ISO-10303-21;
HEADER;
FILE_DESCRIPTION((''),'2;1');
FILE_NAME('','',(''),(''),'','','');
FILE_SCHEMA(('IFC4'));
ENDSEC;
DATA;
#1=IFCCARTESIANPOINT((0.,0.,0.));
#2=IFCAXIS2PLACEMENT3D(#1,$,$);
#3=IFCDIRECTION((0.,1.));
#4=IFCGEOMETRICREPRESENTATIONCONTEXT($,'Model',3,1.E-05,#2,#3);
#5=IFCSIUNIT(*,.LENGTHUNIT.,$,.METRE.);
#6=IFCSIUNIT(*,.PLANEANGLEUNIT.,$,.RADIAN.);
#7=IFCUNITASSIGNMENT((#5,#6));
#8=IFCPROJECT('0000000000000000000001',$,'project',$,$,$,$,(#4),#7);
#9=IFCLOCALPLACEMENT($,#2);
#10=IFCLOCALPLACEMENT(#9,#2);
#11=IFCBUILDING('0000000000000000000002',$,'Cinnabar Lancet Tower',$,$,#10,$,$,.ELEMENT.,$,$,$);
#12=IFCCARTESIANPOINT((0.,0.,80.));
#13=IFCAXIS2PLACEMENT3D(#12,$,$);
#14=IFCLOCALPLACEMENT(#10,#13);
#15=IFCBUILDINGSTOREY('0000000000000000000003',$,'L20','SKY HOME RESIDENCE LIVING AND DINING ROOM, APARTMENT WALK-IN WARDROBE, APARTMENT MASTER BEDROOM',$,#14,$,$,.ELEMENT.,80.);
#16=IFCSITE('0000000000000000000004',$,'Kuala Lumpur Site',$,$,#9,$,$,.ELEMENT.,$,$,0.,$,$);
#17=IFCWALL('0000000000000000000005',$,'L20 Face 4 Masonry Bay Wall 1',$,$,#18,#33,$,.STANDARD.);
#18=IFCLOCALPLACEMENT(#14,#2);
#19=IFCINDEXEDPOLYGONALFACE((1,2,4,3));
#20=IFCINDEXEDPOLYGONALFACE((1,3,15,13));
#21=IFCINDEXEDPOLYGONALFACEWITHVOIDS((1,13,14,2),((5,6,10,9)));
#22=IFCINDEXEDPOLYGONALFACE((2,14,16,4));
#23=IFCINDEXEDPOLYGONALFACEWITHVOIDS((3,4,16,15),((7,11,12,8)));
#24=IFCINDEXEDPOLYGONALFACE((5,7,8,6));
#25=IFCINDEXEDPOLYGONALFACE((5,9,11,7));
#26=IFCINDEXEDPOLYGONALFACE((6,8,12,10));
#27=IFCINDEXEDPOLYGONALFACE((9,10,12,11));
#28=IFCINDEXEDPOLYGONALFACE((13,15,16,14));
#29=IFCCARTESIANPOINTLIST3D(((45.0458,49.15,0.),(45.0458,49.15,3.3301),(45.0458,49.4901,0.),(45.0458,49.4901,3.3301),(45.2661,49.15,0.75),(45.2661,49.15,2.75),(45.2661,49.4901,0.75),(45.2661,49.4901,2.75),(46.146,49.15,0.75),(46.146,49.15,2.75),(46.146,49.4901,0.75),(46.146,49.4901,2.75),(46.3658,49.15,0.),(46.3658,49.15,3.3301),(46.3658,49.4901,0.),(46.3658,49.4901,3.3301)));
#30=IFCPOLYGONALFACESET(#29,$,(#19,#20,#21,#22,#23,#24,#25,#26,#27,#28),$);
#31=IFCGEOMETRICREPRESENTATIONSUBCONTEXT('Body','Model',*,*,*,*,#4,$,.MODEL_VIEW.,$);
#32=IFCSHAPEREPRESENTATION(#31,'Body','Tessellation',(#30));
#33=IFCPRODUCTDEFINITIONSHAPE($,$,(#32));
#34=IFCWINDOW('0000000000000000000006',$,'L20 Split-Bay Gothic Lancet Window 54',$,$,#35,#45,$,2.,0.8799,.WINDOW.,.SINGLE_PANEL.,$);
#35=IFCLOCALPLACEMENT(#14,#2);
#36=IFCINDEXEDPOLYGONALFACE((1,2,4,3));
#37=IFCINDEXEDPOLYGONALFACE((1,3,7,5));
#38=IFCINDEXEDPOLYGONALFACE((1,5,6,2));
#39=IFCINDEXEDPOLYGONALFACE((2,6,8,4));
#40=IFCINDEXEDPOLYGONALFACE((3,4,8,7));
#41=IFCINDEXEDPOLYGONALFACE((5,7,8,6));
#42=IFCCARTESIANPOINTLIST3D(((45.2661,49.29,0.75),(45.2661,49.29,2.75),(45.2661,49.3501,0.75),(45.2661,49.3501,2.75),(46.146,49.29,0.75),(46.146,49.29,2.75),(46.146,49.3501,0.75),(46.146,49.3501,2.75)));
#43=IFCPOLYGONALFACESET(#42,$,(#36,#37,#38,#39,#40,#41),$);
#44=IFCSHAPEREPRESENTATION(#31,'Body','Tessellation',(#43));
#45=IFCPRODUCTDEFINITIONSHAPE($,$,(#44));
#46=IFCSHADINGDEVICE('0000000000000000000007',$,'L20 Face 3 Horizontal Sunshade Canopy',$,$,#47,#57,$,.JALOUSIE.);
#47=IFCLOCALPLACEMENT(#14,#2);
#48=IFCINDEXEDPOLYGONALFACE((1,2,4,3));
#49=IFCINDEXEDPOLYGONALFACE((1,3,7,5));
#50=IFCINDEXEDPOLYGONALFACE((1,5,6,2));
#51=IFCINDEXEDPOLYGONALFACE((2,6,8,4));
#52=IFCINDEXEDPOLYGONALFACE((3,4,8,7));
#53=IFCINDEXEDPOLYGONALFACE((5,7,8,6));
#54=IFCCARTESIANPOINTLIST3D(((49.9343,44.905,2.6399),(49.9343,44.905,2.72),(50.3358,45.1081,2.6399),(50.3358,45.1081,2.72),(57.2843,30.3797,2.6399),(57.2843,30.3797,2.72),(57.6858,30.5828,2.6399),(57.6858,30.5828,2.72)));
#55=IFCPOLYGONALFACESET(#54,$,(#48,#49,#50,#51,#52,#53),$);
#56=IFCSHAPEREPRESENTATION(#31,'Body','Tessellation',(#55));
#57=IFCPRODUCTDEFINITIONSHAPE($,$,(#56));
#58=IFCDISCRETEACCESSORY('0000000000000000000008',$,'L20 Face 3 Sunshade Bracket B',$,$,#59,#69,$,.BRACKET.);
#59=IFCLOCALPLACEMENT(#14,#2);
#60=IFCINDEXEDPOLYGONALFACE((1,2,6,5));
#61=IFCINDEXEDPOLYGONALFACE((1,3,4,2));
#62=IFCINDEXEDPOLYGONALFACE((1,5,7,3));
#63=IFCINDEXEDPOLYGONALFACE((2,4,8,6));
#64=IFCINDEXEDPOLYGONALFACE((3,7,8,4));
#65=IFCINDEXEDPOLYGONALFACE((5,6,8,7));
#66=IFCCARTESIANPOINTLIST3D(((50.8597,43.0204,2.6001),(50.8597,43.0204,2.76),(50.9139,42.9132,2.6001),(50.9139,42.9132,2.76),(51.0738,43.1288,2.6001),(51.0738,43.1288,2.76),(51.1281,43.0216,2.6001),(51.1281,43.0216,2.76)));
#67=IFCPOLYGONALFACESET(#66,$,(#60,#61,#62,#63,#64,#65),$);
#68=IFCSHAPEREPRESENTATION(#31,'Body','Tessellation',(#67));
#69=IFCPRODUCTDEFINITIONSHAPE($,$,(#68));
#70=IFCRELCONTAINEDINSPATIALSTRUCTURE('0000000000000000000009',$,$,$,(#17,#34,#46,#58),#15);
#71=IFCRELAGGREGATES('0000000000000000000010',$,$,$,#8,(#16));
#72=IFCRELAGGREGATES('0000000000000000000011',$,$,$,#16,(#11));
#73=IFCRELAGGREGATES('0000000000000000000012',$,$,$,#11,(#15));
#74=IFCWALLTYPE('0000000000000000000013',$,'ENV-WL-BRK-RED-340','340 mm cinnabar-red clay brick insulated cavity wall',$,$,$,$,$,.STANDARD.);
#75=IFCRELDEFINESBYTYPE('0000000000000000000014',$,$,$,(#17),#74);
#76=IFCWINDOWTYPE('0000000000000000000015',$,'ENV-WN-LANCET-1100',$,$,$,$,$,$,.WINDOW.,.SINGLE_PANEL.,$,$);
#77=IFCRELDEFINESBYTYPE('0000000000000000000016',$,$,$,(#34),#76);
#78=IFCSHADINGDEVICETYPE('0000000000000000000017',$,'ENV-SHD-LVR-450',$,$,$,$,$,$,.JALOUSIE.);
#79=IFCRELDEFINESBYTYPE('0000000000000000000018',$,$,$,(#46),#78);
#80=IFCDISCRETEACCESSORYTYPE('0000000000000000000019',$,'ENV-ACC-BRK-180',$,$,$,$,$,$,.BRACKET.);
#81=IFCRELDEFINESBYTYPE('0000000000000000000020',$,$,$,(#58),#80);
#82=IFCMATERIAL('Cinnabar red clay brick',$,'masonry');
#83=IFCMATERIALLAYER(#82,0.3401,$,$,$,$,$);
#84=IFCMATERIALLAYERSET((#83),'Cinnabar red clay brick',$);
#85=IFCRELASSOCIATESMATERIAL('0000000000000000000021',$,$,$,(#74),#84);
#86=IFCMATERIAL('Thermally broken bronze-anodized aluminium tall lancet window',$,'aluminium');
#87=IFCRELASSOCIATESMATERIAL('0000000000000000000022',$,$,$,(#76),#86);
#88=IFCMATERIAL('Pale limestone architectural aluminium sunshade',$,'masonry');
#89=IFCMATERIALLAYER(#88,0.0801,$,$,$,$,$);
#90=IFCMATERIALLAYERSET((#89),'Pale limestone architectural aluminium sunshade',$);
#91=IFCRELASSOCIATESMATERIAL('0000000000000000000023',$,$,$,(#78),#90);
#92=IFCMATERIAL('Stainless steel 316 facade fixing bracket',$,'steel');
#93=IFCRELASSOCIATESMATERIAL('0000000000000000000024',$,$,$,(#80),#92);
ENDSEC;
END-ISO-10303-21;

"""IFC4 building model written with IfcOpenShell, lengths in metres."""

from ifc_helpers import new_model, si_unit, direction, frame, frame_2d, origin, origin_2d, place, context, subcontext, project, spatial, rectangle, extrude, material, layer, layer_set, type_object, element, fill, save


model = new_model("IFC4")

# Units and contexts
model_context = context("Model", 3, precision=1e-05, world=origin(), true_north=direction((0.0, 1.0)))
body_context = subcontext(model_context, "Body", "Model", "MODEL_VIEW")
ifc_project = project(units=[si_unit("LENGTHUNIT", "METRE"), si_unit("PLANEANGLEUNIT", "RADIAN")], contexts=[model_context])

# Site, building, storey
site_placement = place(None, origin())
site = spatial("IfcSite", under=ifc_project, at=site_placement, Name="Kuala Lumpur Site", CompositionType="ELEMENT", RefElevation=0.0)
building_placement = place(site_placement, origin())
building = spatial("IfcBuilding", under=site, at=building_placement, Name="Cinnabar Lancet Tower", CompositionType="ELEMENT")
storey_placement = place(building_placement, frame((0.0, 0.0, 80.0)))
storey = spatial("IfcBuildingStorey", under=building, at=storey_placement, Name="L20", Description="SKY HOME RESIDENCE LIVING AND DINING ROOM, APARTMENT WALK-IN WARDROBE, APARTMENT MASTER BEDROOM", CompositionType="ELEMENT", Elevation=80.0)

# Shared definitions
ifc_material_1 = material(Name="Cinnabar red clay brick", Category="masonry")
ifc_layer_1 = layer(ifc_material_1, 0.3401)
ifc_layer_set_1 = layer_set([ifc_layer_1], Name="Cinnabar red clay brick")
wall_type_1 = type_object("IfcWallType", Name="ENV-WL-BRK-RED-340", Description="340 mm cinnabar-red clay brick insulated cavity wall", PredefinedType="STANDARD", material=ifc_layer_set_1)

# Shared definitions
ifc_material_2 = material(Name="Thermally broken bronze-anodized aluminium tall lancet window", Category="aluminium")
window_type = type_object("IfcWindowType", Name="ENV-WN-LANCET-1100", PartitioningType="SINGLE_PANEL", PredefinedType="WINDOW", material=ifc_material_2)

# Wall, opening, window
wall_1_placement = place(storey_placement, frame((46.366, 49.3201, 0.0), z_axis=(0.0, 0.0, 1.0), x_axis=(-1.0, 0.0, 0.0)))
wall_1 = element("IfcWall", 1, at=wall_1_placement, inside=storey, type_object=wall_type_1, Name="L20 Face 4 Masonry Bay Wall 1", PredefinedType="STANDARD", context=body_context, shape_type="SweptSolid", body=[
    extrude(rectangle(XDim=1.3201, YDim=0.3401, at=frame_2d((0.6602, 0.0))), origin(), (0.0, 0.0, 1.0), 3.3301),
])
opening_1_placement = place(wall_1_placement, frame((0.22, 0.0, 0.75)))
opening_1 = element("IfcOpeningElement", 2, at=opening_1_placement, cuts=wall_1, PredefinedType="OPENING", context=body_context, shape_type="SweptSolid", body=[
    extrude(rectangle(XDim=0.8799, YDim=2.0, at=frame_2d((0.4399, 1.0))), frame((0.0, 0.1799, 0.0), z_axis=(0.0, -1.0, 0.0), x_axis=(1.0, 0.0, 0.0)), (0.0, 0.0, 1.0), 0.3601),
])
window_1_placement = place(opening_1_placement, origin())
window_1 = element("IfcWindow", 3, at=window_1_placement, inside=storey, type_object=window_type, Name="L20 Split-Bay Gothic Lancet Window 54", OverallHeight=2.0, OverallWidth=0.8799, PartitioningType="SINGLE_PANEL", PredefinedType="WINDOW", context=body_context, shape_type="SweptSolid", body=[
    extrude(rectangle(XDim=0.8799, YDim=2.0, at=frame_2d((0.4399, 1.0))), frame((0.0, 0.03, 0.0), z_axis=(0.0, -1.0, 0.0), x_axis=(1.0, 0.0, 0.0)), (0.0, 0.0, 1.0), 0.0601),
])
fill(opening_1, window_1)

# Shading device
ifc_material_3 = material(Name="Pale limestone architectural aluminium sunshade", Category="masonry")
ifc_layer_2 = layer(ifc_material_3, 0.0801)
ifc_layer_set_2 = layer_set([ifc_layer_2], Name="Pale limestone architectural aluminium sunshade")
shading_device_type = type_object("IfcShadingDeviceType", Name="ENV-SHD-LVR-450", PredefinedType="JALOUSIE", material=ifc_layer_set_2)
shading_device_placement = place(storey_placement, frame((53.8101, 37.7439, 2.6399), z_axis=(0.0, 0.0, 1.0), x_axis=(-0.451501, 0.892271, 0.0)))
element("IfcShadingDevice", 4, at=shading_device_placement, inside=storey, type_object=shading_device_type, Name="L20 Face 3 Horizontal Sunshade Canopy", PredefinedType="JALOUSIE", context=body_context, shape_type="SweptSolid", body=[
    extrude(rectangle(XDim=16.2791, YDim=0.45, at=origin_2d()), origin(), (0.0, 0.0, 1.0), 0.0801),
])

# Discrete accessory
ifc_material_4 = material(Name="Stainless steel 316 facade fixing bracket", Category="steel")
discrete_accessory_type = type_object("IfcDiscreteAccessoryType", Name="ENV-ACC-BRK-180", PredefinedType="BRACKET", material=ifc_material_4)
discrete_accessory_placement = place(storey_placement, frame((50.9939, 43.021, 2.6001), z_axis=(0.0, 0.0, 1.0), x_axis=(-0.451501, 0.892271, 0.0)))
element("IfcDiscreteAccessory", 5, at=discrete_accessory_placement, inside=storey, type_object=discrete_accessory_type, Name="L20 Face 3 Sunshade Bracket B", PredefinedType="BRACKET", context=body_context, shape_type="SweptSolid", body=[
    extrude(rectangle(XDim=0.1201, YDim=0.24, at=origin_2d()), origin(), (0.0, 0.0, 1.0), 0.1599),
])

save(model, "model.ifc")
